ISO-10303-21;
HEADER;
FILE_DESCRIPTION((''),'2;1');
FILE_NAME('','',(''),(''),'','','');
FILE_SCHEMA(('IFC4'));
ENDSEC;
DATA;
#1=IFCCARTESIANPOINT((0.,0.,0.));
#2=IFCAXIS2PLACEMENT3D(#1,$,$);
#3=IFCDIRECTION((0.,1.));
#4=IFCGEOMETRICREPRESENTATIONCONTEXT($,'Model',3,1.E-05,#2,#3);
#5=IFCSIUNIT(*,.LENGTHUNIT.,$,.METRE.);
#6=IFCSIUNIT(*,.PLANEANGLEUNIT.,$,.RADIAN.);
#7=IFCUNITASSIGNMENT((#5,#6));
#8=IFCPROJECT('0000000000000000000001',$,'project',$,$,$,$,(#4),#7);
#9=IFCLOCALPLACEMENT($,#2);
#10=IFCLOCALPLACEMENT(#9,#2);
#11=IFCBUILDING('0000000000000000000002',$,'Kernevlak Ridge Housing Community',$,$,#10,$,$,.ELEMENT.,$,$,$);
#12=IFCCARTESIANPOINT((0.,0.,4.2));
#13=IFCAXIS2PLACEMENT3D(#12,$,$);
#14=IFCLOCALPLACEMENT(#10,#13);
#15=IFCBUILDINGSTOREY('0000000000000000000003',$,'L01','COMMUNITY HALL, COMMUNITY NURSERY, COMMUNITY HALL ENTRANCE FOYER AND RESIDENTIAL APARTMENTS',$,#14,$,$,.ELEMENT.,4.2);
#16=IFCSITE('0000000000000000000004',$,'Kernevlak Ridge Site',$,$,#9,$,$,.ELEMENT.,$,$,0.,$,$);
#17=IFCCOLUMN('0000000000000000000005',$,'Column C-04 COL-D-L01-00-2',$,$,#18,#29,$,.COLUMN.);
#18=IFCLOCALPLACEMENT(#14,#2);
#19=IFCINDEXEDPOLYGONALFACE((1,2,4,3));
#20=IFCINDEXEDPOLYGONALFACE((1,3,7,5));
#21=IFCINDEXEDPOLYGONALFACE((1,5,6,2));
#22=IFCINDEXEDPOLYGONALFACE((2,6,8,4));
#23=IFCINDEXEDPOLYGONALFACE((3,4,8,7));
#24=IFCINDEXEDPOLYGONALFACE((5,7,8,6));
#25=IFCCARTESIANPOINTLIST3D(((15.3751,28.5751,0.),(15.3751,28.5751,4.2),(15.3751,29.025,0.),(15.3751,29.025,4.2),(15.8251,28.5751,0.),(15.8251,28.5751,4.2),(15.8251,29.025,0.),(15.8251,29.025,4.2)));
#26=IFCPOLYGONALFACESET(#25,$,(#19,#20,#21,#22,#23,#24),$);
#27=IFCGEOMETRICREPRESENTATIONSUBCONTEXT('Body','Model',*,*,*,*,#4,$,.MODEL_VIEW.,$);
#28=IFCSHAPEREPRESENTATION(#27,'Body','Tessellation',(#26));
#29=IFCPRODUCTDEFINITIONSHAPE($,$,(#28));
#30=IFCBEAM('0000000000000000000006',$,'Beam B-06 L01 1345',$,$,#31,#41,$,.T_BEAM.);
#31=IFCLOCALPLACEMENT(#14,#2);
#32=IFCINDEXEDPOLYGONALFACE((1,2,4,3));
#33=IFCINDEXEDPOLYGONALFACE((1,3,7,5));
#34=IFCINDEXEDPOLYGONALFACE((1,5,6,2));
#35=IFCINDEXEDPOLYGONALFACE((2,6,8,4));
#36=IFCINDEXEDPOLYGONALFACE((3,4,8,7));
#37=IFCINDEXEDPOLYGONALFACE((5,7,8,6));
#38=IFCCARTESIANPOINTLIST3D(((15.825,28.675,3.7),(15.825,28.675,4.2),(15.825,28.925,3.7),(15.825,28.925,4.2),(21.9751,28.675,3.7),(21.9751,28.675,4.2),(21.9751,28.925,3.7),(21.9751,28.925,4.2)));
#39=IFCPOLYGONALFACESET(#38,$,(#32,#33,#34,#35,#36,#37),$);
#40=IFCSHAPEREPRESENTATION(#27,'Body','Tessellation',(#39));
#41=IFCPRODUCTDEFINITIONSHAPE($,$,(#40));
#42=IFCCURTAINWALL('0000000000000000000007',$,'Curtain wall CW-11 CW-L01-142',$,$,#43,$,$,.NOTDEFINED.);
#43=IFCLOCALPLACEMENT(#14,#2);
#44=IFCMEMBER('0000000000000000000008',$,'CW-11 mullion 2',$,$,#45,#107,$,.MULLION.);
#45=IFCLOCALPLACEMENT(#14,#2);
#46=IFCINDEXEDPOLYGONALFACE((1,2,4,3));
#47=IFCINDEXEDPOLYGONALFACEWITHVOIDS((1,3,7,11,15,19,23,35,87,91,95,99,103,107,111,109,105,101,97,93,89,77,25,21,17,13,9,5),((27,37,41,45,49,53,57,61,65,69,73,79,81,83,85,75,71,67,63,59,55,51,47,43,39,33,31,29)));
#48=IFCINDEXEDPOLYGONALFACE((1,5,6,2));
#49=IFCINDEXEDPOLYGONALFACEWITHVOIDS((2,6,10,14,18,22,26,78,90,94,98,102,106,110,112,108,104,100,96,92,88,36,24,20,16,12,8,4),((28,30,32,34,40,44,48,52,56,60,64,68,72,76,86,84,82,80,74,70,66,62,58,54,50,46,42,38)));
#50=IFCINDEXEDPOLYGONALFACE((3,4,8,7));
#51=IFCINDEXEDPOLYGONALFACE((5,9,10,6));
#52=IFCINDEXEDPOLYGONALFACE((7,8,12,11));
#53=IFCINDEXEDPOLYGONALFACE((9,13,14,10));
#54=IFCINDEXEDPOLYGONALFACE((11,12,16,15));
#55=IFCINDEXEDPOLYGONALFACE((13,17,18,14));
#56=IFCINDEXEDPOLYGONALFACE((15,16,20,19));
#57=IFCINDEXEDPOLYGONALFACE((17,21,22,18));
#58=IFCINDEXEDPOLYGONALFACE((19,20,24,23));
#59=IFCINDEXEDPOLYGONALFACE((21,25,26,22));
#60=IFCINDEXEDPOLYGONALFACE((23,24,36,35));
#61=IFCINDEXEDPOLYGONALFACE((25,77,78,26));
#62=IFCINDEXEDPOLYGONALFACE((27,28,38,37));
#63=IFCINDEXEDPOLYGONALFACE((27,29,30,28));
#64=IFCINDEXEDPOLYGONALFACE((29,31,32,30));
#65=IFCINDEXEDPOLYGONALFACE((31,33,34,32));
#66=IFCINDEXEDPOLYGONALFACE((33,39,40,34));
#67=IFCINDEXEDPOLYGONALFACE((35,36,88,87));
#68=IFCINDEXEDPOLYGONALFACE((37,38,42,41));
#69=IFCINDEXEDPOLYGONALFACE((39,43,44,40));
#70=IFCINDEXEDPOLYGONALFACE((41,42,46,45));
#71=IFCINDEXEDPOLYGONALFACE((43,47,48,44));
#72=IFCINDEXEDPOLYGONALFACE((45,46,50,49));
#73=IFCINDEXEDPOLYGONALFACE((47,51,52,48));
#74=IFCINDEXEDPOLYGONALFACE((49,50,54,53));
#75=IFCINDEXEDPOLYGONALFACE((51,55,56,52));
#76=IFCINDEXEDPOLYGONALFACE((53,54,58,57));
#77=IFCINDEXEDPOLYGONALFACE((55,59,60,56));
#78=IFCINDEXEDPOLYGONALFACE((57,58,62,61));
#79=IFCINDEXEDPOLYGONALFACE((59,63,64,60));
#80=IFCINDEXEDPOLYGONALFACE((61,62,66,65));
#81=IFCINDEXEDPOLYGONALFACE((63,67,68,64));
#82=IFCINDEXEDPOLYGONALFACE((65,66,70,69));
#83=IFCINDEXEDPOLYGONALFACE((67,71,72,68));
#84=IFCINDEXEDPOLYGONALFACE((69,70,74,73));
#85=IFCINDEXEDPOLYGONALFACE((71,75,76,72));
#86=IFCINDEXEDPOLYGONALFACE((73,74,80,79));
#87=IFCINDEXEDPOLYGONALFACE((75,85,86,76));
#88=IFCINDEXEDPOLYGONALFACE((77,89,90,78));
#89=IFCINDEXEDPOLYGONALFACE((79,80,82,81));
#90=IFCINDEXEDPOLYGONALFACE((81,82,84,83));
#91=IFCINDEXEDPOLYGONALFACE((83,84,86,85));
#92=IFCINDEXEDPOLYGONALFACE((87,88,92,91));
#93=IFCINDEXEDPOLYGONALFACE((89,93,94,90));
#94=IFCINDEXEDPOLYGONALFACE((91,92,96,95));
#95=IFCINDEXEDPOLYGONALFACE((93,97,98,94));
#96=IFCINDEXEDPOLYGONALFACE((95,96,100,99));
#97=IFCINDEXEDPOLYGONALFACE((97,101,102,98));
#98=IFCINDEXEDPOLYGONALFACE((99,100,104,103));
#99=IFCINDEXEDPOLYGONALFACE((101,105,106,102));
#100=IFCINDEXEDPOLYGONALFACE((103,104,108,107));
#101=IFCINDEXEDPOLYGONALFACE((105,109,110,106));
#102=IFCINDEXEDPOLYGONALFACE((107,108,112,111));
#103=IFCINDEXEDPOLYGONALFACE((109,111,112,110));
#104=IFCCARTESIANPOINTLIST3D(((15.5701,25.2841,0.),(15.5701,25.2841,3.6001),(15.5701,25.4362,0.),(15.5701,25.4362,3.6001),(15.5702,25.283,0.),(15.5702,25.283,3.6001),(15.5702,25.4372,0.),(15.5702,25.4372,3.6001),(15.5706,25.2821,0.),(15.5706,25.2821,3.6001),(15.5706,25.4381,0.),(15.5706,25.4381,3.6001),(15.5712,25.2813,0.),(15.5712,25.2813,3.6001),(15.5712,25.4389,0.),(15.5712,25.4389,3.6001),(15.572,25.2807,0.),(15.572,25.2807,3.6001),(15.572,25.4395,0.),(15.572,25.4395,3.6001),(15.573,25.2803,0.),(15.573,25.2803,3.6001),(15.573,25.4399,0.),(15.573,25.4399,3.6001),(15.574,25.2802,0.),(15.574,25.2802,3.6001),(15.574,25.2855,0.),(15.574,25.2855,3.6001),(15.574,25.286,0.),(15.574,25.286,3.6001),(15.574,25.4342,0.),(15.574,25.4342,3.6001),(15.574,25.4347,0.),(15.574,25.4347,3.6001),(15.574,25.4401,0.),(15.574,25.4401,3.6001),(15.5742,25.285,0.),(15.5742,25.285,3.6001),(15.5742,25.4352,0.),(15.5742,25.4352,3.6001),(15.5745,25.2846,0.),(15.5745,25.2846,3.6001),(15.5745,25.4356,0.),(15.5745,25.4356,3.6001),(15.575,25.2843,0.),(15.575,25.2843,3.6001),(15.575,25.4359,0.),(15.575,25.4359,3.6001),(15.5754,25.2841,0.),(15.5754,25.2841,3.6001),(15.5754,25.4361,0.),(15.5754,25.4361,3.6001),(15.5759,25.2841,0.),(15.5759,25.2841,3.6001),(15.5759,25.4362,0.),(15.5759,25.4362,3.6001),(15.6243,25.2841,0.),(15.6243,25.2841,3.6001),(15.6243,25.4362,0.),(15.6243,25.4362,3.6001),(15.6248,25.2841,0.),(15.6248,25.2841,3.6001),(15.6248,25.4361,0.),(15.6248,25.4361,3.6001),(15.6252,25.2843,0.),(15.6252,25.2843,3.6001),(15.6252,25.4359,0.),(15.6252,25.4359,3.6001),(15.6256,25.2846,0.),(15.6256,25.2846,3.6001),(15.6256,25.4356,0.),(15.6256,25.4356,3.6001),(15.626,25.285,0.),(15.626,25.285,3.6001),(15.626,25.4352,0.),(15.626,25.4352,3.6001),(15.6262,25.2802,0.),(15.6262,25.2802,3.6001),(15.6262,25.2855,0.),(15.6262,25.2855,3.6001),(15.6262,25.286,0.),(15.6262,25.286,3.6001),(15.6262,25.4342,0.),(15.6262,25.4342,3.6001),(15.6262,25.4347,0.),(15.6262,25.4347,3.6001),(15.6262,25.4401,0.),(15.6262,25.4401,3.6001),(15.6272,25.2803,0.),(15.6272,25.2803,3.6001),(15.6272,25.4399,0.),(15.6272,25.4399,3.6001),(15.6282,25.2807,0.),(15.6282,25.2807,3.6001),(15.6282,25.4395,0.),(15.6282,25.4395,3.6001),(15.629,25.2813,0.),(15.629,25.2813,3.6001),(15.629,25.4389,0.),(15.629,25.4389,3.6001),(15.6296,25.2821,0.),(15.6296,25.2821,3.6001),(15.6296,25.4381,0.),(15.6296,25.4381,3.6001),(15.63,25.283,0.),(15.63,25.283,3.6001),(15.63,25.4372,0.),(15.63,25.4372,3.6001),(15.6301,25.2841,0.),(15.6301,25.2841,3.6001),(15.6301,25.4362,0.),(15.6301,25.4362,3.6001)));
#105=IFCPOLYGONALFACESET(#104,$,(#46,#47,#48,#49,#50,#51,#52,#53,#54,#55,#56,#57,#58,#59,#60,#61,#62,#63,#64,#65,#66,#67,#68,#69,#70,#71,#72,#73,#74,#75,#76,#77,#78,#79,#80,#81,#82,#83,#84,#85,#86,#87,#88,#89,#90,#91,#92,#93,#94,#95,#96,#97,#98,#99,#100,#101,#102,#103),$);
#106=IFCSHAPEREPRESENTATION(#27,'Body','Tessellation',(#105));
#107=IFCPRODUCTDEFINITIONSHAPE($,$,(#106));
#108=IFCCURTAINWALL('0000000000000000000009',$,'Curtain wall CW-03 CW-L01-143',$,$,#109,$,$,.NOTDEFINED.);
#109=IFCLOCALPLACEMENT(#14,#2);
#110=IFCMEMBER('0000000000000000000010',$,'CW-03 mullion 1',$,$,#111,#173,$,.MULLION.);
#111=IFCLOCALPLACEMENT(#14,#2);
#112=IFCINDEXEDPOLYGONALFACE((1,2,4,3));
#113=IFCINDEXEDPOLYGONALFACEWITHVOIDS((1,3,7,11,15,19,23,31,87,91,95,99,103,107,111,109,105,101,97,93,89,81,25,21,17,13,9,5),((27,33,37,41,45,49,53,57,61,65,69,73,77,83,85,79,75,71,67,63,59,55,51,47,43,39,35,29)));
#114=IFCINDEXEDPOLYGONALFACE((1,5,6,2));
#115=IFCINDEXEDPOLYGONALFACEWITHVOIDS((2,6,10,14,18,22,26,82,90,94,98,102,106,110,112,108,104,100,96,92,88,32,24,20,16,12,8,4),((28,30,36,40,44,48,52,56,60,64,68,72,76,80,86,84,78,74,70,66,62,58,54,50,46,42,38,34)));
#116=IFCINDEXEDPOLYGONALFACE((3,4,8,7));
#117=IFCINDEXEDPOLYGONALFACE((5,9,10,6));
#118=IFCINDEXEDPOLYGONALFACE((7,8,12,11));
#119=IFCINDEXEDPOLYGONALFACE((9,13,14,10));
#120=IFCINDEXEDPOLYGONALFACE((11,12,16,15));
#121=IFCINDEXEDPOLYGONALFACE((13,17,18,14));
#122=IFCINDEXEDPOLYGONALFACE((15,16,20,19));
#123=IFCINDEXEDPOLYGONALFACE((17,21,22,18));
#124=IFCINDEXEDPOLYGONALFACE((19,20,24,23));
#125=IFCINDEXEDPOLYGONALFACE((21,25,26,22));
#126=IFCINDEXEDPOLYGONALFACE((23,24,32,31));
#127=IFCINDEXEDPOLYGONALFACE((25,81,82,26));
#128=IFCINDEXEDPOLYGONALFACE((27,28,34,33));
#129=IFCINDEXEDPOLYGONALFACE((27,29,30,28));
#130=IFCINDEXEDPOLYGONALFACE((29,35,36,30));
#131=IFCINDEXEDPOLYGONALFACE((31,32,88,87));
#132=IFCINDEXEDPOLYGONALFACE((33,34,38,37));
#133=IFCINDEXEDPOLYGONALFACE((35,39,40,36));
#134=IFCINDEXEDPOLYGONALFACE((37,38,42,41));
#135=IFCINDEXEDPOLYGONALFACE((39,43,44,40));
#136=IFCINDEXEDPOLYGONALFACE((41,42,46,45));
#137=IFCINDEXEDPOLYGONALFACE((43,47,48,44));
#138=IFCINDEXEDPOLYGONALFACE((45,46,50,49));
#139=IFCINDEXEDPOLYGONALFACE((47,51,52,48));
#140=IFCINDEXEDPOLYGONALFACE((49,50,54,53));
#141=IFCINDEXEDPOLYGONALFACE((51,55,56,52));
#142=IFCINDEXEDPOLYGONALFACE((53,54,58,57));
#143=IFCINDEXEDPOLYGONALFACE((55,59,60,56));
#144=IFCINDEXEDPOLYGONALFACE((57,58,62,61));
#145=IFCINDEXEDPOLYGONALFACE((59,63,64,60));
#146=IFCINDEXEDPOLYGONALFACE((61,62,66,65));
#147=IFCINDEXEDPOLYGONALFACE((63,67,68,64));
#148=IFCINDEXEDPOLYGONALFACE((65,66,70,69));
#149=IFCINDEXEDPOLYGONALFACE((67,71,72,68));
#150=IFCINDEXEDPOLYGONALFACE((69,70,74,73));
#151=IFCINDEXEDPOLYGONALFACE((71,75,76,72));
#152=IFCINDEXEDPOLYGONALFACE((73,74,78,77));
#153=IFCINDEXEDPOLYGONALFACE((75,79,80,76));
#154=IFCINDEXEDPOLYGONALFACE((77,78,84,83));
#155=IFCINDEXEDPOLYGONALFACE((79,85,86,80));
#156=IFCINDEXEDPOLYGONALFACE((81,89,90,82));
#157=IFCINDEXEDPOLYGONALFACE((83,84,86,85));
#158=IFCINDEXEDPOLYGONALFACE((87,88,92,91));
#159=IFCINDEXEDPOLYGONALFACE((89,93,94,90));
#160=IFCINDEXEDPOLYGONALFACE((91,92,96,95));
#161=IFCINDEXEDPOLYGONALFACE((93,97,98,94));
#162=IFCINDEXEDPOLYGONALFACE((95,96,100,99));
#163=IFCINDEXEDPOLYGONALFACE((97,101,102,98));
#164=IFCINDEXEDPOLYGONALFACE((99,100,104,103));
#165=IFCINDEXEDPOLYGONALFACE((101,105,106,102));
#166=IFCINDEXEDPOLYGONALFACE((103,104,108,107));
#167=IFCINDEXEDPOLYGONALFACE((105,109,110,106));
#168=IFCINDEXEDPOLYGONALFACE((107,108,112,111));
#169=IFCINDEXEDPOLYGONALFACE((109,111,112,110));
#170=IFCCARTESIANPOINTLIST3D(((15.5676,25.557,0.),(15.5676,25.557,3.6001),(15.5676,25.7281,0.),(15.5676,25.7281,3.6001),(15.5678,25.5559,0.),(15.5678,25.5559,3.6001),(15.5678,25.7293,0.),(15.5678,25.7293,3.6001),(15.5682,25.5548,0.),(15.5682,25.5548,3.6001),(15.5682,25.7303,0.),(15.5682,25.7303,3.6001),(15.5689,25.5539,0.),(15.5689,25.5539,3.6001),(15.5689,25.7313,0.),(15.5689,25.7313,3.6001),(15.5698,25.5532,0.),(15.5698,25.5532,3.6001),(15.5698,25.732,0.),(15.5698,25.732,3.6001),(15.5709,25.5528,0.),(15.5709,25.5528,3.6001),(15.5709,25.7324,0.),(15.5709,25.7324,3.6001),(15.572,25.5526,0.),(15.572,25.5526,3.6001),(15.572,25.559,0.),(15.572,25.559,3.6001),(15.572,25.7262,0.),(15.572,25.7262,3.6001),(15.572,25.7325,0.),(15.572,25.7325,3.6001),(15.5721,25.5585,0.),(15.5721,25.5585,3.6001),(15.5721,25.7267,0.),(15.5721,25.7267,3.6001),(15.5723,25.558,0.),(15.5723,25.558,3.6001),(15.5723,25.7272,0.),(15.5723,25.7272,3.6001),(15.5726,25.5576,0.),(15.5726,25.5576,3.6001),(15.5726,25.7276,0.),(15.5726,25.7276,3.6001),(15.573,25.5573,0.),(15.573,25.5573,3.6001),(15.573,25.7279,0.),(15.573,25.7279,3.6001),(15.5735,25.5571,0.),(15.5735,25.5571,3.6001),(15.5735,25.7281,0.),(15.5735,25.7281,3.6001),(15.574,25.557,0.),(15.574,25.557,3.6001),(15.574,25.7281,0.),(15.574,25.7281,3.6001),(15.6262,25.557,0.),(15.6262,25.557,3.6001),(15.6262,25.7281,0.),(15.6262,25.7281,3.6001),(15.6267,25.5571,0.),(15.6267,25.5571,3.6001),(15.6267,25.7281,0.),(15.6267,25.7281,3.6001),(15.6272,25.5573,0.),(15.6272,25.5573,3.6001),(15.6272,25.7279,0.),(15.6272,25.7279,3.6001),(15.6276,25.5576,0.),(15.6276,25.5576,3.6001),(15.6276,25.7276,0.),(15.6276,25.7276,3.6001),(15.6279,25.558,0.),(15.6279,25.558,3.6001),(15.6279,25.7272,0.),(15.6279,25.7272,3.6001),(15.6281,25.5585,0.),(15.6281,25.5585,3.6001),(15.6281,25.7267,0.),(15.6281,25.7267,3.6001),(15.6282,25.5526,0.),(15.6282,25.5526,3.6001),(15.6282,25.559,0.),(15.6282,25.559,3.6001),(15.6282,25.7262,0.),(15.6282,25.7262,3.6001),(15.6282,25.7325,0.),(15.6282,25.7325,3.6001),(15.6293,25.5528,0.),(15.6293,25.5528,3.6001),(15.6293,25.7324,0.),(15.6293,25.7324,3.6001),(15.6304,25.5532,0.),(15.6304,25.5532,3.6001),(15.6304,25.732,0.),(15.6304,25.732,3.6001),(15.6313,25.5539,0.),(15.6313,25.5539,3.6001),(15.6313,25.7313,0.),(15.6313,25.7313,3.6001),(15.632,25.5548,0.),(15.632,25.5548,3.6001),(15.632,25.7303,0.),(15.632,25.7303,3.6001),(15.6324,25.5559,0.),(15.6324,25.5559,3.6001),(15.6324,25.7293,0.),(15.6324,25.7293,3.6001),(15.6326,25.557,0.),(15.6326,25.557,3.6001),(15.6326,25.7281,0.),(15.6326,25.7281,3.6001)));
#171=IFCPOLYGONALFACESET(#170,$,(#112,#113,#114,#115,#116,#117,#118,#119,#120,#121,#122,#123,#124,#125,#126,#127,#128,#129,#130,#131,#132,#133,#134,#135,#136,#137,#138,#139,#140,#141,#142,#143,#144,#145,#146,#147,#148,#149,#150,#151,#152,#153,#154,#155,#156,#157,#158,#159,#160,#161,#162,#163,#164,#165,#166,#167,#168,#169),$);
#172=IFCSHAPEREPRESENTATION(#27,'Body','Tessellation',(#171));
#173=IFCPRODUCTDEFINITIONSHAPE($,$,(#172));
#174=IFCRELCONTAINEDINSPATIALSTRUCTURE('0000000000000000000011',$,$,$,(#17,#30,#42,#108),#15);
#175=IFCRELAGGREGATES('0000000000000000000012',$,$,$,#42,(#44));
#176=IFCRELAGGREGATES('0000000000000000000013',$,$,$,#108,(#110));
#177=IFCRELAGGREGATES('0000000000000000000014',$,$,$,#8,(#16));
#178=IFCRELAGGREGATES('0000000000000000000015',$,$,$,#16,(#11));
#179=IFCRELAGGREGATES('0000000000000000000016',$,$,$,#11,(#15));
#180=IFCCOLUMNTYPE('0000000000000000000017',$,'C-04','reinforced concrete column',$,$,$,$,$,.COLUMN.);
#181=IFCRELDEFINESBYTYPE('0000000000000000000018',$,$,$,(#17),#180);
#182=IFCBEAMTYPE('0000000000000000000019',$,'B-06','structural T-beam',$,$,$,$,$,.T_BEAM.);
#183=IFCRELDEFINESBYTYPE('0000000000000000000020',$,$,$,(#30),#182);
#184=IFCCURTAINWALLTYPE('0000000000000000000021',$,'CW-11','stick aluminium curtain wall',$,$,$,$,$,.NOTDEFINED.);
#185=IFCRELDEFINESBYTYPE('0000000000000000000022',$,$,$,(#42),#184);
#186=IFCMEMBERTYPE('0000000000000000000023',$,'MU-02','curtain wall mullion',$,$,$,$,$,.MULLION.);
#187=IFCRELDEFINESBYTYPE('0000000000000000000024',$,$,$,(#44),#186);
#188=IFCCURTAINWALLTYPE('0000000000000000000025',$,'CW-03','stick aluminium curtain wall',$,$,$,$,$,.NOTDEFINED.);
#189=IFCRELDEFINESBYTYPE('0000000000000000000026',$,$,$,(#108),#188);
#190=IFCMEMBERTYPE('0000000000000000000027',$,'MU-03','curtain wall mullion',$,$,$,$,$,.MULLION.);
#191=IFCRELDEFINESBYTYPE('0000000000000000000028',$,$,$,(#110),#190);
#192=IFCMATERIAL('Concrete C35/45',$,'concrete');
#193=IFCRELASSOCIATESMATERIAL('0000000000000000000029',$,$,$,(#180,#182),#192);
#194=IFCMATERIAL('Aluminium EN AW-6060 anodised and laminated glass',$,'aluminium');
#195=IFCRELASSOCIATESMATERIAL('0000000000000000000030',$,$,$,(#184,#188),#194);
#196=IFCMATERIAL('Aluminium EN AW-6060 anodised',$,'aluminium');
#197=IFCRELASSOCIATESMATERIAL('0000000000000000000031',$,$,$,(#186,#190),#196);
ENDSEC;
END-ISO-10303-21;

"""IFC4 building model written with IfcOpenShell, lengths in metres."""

from ifc_helpers import new_model, si_unit, direction, frame, origin, origin_2d, place, context, subcontext, project, spatial, rectangle, hollow_rectangle, extrude, material, material_profile, profile_set, type_object, element, aggregate, save


model = new_model("IFC4")

# Units and contexts
model_context = context("Model", 3, precision=1e-05, world=origin(), true_north=direction((0.0, 1.0)))
body_context = subcontext(model_context, "Body", "Model", "MODEL_VIEW")
ifc_project = project(units=[si_unit("LENGTHUNIT", "METRE"), si_unit("PLANEANGLEUNIT", "RADIAN")], contexts=[model_context])

# Site, building, storey
site_placement = place(None, origin())
site = spatial("IfcSite", under=ifc_project, at=site_placement, Name="Kernevlak Ridge Site", CompositionType="ELEMENT", RefElevation=0.0)
building_placement = place(site_placement, origin())
building = spatial("IfcBuilding", under=site, at=building_placement, Name="Kernevlak Ridge Housing Community", CompositionType="ELEMENT")
storey_placement = place(building_placement, frame((0.0, 0.0, 4.2)))
storey = spatial("IfcBuildingStorey", under=building, at=storey_placement, Name="L01", Description="COMMUNITY HALL, COMMUNITY NURSERY, COMMUNITY HALL ENTRANCE FOYER AND RESIDENTIAL APARTMENTS", CompositionType="ELEMENT", Elevation=4.2)

# Column
ifc_material_1 = material(Name="Concrete C35/45", Category="concrete")
ifc_material_profile_1 = material_profile(ifc_material_1, rectangle(XDim=0.45, YDim=0.45, at=origin_2d()), Name="RC 450x450")
ifc_profile_set_1 = profile_set([ifc_material_profile_1], Name="Concrete C35/45")
column_type = type_object("IfcColumnType", Name="C-04", Description="reinforced concrete column", PredefinedType="COLUMN", material=ifc_profile_set_1)
column_placement = place(storey_placement, frame((15.6001, 28.8, 0.0), z_axis=(0.0, 0.0, 1.0), x_axis=(1.0, 0.0, 0.0)))
element("IfcColumn", 1, at=column_placement, inside=storey, type_object=column_type, Name="Column C-04 COL-D-L01-00-2", PredefinedType="COLUMN", context=body_context, shape_type="SweptSolid", body=[
    extrude(rectangle(XDim=0.45, YDim=0.45, at=origin_2d()), origin(), (0.0, 0.0, 1.0), 4.2),
])

# Beam
ifc_material_profile_2 = material_profile(ifc_material_1, rectangle(XDim=0.25, YDim=0.5, at=origin_2d()), Name="RC 250x500")
ifc_profile_set_2 = profile_set([ifc_material_profile_2], Name="Concrete C35/45")
beam_type = type_object("IfcBeamType", Name="B-06", Description="structural T-beam", PredefinedType="T_BEAM", material=ifc_profile_set_2)
beam_placement = place(storey_placement, frame((15.825, 28.8, 3.95), z_axis=(1.0, 0.0, 0.0), x_axis=(0.0, 1.0, 0.0)))
element("IfcBeam", 2, at=beam_placement, inside=storey, type_object=beam_type, Name="Beam B-06 L01 1345", PredefinedType="T_BEAM", context=body_context, shape_type="SweptSolid", body=[
    extrude(rectangle(XDim=0.25, YDim=0.5, at=origin_2d()), origin(), (0.0, 0.0, 1.0), 6.1501),
])

# Curtain wall, member
ifc_material_2 = material(Name="Aluminium EN AW-6060 anodised and laminated glass", Category="aluminium")
curtain_wall_type_1 = type_object("IfcCurtainWallType", Name="CW-11", Description="stick aluminium curtain wall", PredefinedType="NOTDEFINED", material=ifc_material_2)
curtain_wall_1_placement = place(storey_placement, origin())
curtain_wall_1 = element("IfcCurtainWall", 3, at=curtain_wall_1_placement, inside=storey, type_object=curtain_wall_type_1, Name="Curtain wall CW-11 CW-L01-142", PredefinedType="NOTDEFINED")
ifc_material_3 = material(Name="Aluminium EN AW-6060 anodised", Category="aluminium")
ifc_material_profile_3 = material_profile(ifc_material_3, hollow_rectangle(XDim=0.0601, YDim=0.1599, WallThickness=0.0039, InnerFilletRadius=0.002, OuterFilletRadius=0.0039, at=origin_2d()), Name="ALU 60x160x4")
ifc_profile_set_3 = profile_set([ifc_material_profile_3], Name="Aluminium EN AW-6060 anodised")
member_type_1 = type_object("IfcMemberType", Name="MU-02", Description="curtain wall mullion", PredefinedType="MULLION", material=ifc_profile_set_3)
member_1_placement = place(storey_placement, frame((15.6001, 25.3601, 0.0), z_axis=(0.0, 0.0, 1.0), x_axis=(-1.0, 0.0, 0.0)))
member_1 = element("IfcMember", 4, at=member_1_placement, type_object=member_type_1, Name="CW-11 mullion 2", PredefinedType="MULLION", context=body_context, shape_type="SweptSolid", body=[
    extrude(hollow_rectangle(XDim=0.0601, YDim=0.1599, WallThickness=0.0039, InnerFilletRadius=0.002, OuterFilletRadius=0.0039, at=origin_2d()), origin(), (0.0, 0.0, 1.0), 3.6001),
])
aggregate(curtain_wall_1, [member_1])

# Curtain wall, member
curtain_wall_type_2 = type_object("IfcCurtainWallType", Name="CW-03", Description="stick aluminium curtain wall", PredefinedType="NOTDEFINED", material=ifc_material_2)
curtain_wall_2_placement = place(storey_placement, origin())
curtain_wall_2 = element("IfcCurtainWall", 5, at=curtain_wall_2_placement, inside=storey, type_object=curtain_wall_type_2, Name="Curtain wall CW-03 CW-L01-143", PredefinedType="NOTDEFINED")
ifc_material_profile_4 = material_profile(ifc_material_3, hollow_rectangle(XDim=0.0649, YDim=0.1799, WallThickness=0.0044, InnerFilletRadius=0.002, OuterFilletRadius=0.0044, at=origin_2d()), Name="ALU 65x180x4.5")
ifc_profile_set_4 = profile_set([ifc_material_profile_4], Name="Aluminium EN AW-6060 anodised")
member_type_2 = type_object("IfcMemberType", Name="MU-03", Description="curtain wall mullion", PredefinedType="MULLION", material=ifc_profile_set_4)
member_2_placement = place(storey_placement, frame((15.6001, 25.6426, 0.0), z_axis=(0.0, 0.0, 1.0), x_axis=(-1.0, 0.0, 0.0)))
member_2 = element("IfcMember", 6, at=member_2_placement, type_object=member_type_2, Name="CW-03 mullion 1", PredefinedType="MULLION", context=body_context, shape_type="SweptSolid", body=[
    extrude(hollow_rectangle(XDim=0.0649, YDim=0.1799, WallThickness=0.0044, InnerFilletRadius=0.002, OuterFilletRadius=0.0044, at=origin_2d()), origin(), (0.0, 0.0, 1.0), 3.6001),
])
aggregate(curtain_wall_2, [member_2])

save(model, "model.ifc")
